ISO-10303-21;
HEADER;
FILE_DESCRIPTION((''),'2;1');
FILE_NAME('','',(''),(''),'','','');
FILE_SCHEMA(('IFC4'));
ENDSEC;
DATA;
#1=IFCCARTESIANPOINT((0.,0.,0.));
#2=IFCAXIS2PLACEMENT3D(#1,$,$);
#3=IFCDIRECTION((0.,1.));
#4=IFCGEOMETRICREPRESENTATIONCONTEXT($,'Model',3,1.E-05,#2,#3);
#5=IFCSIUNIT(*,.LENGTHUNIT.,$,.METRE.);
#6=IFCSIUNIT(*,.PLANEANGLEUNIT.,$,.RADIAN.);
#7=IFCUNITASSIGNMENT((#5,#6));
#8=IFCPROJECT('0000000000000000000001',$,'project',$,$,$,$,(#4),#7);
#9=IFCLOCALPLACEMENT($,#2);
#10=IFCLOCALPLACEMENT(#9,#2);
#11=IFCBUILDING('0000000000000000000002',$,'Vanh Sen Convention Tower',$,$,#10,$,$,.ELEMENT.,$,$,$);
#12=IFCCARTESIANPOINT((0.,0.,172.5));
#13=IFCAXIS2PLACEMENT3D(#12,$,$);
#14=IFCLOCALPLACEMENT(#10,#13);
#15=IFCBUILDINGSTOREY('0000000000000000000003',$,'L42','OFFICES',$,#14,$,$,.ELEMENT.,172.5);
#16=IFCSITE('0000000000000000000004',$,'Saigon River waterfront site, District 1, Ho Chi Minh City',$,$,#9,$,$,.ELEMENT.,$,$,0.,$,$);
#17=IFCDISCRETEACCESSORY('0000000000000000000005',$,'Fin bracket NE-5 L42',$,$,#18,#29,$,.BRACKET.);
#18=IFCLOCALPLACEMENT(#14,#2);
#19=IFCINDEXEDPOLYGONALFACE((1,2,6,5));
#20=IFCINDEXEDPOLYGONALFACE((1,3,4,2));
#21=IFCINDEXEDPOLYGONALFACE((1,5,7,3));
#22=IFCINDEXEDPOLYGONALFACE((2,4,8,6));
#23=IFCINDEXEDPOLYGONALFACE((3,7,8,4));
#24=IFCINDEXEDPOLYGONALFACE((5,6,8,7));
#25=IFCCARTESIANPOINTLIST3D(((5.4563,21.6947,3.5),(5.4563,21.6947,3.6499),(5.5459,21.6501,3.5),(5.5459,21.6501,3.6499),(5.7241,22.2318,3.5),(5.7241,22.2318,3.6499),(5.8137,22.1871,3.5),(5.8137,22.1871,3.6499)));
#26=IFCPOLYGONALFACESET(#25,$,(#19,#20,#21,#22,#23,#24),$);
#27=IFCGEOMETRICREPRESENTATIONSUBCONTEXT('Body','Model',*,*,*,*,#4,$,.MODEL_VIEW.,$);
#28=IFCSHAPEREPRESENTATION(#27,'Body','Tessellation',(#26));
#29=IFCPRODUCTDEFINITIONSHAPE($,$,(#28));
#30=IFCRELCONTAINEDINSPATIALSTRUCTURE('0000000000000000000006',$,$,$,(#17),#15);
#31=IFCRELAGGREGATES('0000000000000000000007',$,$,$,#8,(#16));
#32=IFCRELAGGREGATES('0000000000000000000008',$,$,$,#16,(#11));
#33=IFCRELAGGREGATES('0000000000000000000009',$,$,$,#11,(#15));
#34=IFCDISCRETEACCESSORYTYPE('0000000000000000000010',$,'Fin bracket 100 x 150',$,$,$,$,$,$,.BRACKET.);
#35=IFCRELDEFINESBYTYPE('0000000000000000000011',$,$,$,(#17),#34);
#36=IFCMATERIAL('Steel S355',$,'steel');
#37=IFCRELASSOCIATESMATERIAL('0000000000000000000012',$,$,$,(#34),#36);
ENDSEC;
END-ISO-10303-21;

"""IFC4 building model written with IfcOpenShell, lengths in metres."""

from ifc_helpers import new_model, si_unit, direction, frame, origin, origin_2d, place, context, subcontext, project, spatial, rectangle, extrude, material, type_object, element, save


model = new_model("IFC4")

# Units and contexts
model_context = context("Model", 3, precision=1e-05, world=origin(), true_north=direction((0.0, 1.0)))
body_context = subcontext(model_context, "Body", "Model", "MODEL_VIEW")
ifc_project = project(units=[si_unit("LENGTHUNIT", "METRE"), si_unit("PLANEANGLEUNIT", "RADIAN")], contexts=[model_context])

# Site, building, storey
site_placement = place(None, origin())
site = spatial("IfcSite", under=ifc_project, at=site_placement, Name="Saigon River waterfront site, District 1, Ho Chi Minh City", CompositionType="ELEMENT", RefElevation=0.0)
building_placement = place(site_placement, origin())
building = spatial("IfcBuilding", under=site, at=building_placement, Name="Vanh Sen Convention Tower", CompositionType="ELEMENT")
storey_placement = place(building_placement, frame((0.0, 0.0, 172.5)))
storey = spatial("IfcBuildingStorey", under=building, at=storey_placement, Name="L42", Description="OFFICES", CompositionType="ELEMENT", Elevation=172.5)

# Discrete accessory
ifc_material_1 = material(Name="Steel S355", Category="steel")
discrete_accessory_type = type_object("IfcDiscreteAccessoryType", Name="Fin bracket 100 x 150", PredefinedType="BRACKET", material=ifc_material_1)
discrete_accessory_placement = place(storey_placement, frame((5.635, 21.9409, 3.5), z_axis=(0.0, 0.0, 1.0), x_axis=(0.446198, 0.894934, 0.0)))
element("IfcDiscreteAccessory", 1, at=discrete_accessory_placement, inside=storey, type_object=discrete_accessory_type, Name="Fin bracket NE-5 L42", PredefinedType="BRACKET", context=body_context, shape_type="SweptSolid", body=[
    extrude(rectangle(XDim=0.6001, YDim=0.1001, at=origin_2d()), origin(), (0.0, 0.0, 1.0), 0.1499),
])

save(model, "model.ifc")
